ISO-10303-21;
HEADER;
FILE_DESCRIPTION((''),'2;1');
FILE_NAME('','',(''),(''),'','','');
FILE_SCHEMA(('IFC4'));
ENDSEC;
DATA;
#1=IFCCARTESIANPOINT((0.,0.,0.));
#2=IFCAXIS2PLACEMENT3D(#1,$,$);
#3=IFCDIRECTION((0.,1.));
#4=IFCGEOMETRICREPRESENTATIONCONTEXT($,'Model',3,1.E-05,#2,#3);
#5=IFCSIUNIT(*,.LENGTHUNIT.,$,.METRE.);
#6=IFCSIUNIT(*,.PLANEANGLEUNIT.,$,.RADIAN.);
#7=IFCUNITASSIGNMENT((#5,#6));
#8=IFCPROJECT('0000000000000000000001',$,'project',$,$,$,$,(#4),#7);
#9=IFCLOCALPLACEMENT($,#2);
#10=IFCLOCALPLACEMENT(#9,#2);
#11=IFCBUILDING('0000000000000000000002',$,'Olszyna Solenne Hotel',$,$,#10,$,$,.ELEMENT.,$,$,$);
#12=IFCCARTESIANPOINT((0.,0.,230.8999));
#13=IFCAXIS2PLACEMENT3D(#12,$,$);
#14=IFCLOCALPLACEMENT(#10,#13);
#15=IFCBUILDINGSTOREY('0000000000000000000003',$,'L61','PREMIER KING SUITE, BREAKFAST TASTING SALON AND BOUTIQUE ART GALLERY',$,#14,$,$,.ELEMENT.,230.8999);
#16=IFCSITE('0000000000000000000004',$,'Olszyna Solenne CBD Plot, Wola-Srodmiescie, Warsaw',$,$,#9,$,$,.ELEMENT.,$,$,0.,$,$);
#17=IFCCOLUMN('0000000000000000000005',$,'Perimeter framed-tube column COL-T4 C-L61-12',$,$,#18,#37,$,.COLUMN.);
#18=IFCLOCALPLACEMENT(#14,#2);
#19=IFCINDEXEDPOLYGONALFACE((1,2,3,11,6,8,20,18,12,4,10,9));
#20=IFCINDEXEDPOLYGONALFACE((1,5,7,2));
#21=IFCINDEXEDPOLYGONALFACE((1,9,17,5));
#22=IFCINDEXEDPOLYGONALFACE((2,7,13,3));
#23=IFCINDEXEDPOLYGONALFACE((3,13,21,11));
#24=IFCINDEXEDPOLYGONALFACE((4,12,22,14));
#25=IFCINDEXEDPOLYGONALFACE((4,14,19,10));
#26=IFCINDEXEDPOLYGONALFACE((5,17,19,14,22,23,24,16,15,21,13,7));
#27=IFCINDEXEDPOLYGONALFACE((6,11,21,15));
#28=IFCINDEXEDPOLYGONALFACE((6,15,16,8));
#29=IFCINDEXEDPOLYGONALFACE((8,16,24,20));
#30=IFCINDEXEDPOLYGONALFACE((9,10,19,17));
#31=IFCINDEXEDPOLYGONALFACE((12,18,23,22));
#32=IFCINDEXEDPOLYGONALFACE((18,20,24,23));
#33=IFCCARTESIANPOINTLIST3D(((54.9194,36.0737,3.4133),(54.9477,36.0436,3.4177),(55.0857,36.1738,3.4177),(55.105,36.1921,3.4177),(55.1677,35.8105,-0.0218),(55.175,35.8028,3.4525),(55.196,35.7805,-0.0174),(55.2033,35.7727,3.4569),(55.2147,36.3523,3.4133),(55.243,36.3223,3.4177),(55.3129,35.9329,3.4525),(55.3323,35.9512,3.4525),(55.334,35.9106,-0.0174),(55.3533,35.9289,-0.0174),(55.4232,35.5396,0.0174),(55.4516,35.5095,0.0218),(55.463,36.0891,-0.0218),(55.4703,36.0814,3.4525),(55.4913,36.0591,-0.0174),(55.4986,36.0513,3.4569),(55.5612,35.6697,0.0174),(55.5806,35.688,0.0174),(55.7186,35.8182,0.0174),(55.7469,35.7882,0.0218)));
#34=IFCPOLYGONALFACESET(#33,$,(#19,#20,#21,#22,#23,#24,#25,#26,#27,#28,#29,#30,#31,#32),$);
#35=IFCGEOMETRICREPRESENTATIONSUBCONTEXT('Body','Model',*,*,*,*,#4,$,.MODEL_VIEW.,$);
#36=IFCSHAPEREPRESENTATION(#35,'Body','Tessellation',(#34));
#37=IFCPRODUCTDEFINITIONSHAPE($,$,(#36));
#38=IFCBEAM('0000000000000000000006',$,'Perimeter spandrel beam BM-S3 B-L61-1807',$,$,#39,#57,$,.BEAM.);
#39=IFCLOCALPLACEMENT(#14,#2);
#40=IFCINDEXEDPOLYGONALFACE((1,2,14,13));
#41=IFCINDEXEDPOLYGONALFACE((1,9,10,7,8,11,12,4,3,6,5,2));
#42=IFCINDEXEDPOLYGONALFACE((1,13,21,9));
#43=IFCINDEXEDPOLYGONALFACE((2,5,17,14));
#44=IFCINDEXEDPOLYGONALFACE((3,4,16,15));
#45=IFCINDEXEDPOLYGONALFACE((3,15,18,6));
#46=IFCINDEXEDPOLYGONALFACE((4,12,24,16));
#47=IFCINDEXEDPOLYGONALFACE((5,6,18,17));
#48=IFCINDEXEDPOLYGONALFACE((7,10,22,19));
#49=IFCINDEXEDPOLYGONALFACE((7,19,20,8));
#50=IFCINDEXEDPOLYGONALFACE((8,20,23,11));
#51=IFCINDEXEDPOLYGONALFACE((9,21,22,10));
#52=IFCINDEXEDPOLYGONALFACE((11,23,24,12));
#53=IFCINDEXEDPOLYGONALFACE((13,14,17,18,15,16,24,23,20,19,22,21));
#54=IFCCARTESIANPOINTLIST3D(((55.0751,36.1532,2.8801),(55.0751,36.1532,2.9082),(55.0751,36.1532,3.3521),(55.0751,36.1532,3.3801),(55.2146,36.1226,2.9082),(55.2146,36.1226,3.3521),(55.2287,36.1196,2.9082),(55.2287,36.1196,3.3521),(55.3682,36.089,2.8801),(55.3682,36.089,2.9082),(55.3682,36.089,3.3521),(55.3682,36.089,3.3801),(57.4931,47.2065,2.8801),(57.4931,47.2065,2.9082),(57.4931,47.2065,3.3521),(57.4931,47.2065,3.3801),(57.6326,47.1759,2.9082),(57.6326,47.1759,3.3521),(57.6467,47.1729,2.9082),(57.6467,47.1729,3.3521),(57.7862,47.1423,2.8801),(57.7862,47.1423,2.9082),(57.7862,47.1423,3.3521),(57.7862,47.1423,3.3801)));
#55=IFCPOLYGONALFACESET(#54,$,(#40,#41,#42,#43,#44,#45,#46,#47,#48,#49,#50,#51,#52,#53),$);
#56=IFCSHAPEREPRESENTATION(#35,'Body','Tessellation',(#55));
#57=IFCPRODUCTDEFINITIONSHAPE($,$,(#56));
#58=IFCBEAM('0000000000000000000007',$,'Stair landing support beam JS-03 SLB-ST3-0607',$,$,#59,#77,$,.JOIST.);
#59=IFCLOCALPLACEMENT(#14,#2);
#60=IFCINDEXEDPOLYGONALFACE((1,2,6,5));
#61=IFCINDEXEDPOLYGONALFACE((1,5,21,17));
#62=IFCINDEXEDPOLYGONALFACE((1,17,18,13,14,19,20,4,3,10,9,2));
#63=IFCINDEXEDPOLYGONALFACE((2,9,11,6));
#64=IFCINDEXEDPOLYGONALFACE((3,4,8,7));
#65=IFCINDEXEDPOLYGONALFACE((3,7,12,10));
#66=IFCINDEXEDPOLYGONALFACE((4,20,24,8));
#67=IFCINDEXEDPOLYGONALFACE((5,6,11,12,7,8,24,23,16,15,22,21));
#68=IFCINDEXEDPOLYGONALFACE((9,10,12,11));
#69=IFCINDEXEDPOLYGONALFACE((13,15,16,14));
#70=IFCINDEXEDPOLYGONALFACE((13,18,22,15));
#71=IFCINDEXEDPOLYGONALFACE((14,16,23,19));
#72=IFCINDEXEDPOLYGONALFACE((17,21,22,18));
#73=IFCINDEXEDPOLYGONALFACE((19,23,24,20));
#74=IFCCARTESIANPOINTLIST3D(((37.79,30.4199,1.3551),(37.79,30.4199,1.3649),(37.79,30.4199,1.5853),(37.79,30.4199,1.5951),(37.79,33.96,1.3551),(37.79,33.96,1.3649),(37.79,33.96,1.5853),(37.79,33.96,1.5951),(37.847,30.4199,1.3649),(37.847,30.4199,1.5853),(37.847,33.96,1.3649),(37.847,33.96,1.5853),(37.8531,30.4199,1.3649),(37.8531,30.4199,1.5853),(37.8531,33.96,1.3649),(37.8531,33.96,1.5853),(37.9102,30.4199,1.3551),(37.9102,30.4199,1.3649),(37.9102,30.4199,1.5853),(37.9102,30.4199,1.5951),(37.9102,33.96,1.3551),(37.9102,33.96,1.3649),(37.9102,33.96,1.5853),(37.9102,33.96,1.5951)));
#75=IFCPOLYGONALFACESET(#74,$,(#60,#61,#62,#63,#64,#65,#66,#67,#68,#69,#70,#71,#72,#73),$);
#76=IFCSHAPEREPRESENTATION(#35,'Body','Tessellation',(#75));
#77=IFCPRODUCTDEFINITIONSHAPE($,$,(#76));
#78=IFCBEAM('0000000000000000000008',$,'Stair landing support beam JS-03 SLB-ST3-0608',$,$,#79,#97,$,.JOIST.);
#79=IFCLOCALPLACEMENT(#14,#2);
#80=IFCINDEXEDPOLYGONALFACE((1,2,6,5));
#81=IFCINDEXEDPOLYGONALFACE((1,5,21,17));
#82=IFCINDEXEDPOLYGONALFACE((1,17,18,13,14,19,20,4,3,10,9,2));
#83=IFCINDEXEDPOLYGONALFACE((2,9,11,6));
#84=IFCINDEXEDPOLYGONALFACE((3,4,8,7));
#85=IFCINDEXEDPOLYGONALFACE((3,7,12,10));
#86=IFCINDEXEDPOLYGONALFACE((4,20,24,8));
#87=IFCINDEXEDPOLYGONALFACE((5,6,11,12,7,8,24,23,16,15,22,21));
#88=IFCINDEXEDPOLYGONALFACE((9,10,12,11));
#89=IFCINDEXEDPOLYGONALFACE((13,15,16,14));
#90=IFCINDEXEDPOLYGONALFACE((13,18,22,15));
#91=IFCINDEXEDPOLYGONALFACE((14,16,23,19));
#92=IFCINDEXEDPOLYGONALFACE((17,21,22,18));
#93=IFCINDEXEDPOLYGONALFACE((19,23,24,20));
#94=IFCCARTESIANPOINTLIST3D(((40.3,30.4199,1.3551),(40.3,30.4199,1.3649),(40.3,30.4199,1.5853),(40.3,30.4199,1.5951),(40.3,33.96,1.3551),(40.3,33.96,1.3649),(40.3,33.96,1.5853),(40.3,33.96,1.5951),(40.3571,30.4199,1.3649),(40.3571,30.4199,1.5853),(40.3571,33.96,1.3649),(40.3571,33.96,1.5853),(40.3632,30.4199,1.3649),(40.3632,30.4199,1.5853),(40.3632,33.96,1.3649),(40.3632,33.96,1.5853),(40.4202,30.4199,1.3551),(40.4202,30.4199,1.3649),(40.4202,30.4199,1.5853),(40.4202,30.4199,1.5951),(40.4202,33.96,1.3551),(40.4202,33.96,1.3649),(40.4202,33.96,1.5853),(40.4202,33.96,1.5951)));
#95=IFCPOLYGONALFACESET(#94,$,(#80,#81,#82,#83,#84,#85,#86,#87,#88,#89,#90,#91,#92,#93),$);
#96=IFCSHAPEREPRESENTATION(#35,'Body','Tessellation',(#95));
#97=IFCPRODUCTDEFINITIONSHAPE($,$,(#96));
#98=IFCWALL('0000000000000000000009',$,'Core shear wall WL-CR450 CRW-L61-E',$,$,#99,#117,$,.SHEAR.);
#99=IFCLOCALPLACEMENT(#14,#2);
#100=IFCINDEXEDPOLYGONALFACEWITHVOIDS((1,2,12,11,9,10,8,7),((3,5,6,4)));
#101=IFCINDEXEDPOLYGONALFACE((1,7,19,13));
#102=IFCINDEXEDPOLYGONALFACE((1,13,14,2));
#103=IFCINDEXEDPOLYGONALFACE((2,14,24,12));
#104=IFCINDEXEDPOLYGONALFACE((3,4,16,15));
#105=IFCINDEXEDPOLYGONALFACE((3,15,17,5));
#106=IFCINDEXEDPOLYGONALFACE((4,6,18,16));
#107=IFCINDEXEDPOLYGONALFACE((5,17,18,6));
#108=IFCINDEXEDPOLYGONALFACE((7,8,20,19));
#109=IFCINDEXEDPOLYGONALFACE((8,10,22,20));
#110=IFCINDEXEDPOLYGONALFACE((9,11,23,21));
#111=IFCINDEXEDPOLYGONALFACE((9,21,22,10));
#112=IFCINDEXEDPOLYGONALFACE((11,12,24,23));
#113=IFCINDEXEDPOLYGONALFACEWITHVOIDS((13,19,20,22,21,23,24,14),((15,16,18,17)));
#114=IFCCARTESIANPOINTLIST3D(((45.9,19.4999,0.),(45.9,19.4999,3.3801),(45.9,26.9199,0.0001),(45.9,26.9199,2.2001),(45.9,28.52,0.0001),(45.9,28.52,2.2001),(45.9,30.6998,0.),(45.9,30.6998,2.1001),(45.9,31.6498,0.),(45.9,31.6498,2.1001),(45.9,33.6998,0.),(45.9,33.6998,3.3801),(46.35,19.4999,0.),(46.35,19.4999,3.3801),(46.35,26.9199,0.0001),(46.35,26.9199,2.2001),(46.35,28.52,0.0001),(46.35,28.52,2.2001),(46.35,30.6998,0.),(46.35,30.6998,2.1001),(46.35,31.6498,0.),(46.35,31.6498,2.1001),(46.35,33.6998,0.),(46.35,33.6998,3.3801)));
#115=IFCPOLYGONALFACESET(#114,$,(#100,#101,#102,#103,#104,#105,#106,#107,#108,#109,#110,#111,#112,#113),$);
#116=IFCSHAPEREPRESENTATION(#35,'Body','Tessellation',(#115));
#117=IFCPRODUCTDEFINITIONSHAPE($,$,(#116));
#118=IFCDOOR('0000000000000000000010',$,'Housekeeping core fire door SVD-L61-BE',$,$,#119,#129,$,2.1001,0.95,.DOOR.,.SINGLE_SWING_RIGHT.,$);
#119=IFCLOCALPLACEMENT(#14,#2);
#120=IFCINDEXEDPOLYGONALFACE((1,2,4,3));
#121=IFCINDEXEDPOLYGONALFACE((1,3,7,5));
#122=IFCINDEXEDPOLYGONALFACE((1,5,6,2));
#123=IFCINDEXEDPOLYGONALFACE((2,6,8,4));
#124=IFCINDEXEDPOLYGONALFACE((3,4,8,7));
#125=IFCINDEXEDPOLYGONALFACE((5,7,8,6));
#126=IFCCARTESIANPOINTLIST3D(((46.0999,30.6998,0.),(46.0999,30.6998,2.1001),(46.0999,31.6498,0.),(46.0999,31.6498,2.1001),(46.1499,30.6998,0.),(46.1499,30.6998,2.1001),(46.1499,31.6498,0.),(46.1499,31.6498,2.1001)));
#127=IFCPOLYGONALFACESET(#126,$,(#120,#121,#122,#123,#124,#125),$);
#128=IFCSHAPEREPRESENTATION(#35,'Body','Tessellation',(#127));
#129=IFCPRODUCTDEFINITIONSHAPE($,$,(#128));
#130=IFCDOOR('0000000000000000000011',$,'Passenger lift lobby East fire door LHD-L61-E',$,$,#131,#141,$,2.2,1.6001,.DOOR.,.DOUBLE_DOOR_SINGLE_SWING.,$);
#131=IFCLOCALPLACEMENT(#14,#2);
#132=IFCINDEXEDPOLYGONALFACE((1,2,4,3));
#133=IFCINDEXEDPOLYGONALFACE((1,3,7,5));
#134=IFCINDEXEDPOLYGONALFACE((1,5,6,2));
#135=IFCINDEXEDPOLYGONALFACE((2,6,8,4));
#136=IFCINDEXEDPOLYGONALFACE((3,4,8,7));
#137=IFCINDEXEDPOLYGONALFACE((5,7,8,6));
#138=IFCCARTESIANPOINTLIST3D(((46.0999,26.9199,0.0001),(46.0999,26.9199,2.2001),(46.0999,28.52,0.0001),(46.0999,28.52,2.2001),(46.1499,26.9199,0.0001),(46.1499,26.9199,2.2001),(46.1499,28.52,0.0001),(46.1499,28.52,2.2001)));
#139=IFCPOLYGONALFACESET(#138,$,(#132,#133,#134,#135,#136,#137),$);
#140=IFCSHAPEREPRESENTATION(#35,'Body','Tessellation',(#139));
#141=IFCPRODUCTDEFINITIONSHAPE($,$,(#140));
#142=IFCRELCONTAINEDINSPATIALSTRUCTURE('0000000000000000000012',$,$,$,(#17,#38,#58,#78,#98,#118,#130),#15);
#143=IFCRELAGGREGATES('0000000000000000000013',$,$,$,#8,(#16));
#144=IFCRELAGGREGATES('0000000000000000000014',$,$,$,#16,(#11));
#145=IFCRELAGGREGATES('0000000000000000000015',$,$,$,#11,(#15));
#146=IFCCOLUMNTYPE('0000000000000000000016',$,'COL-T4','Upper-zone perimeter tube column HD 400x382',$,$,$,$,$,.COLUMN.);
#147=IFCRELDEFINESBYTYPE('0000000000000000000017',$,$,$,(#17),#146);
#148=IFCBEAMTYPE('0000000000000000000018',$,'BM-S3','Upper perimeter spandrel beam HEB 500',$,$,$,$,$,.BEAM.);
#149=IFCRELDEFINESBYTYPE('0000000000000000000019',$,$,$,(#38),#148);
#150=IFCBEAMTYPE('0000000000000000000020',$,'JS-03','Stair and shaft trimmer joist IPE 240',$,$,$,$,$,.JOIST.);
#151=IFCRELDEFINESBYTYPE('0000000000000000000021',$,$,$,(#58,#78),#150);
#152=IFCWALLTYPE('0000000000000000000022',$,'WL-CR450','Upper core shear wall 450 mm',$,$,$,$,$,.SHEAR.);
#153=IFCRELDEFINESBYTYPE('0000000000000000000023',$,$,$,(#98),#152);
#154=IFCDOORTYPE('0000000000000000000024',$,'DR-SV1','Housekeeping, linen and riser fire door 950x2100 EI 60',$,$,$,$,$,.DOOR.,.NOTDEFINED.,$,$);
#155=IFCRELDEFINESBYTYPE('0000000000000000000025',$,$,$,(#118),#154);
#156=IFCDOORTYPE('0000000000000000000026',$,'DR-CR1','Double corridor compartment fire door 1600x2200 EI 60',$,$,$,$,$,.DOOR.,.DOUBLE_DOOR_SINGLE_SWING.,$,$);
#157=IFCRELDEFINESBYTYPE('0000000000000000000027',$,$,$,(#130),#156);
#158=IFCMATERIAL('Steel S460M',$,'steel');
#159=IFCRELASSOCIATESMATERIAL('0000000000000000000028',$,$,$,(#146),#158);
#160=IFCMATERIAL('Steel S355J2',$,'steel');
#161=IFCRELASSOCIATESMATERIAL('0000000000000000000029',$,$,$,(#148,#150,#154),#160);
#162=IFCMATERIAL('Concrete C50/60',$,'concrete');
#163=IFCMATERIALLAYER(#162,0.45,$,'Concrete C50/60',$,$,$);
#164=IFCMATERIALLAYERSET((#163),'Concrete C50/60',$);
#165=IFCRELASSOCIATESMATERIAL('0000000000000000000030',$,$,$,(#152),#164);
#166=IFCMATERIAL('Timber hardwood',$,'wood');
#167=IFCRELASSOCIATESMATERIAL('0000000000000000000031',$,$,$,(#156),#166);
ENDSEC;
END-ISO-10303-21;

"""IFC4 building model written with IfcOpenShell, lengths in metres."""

from ifc_helpers import new_model, si_unit, direction, frame, frame_2d, origin, origin_2d, place, context, subcontext, project, spatial, rectangle, i_section, extrude, source, transform, mapped, material, layer, layer_set, material_profile, profile_set, type_object, type_shapes, element, fill, save


model = new_model("IFC4")

# Units and contexts
model_context = context("Model", 3, precision=1e-05, world=origin(), true_north=direction((0.0, 1.0)))
body_context = subcontext(model_context, "Body", "Model", "MODEL_VIEW")
ifc_project = project(units=[si_unit("LENGTHUNIT", "METRE"), si_unit("PLANEANGLEUNIT", "RADIAN")], contexts=[model_context])

# Site, building, storey
site_placement = place(None, origin())
site = spatial("IfcSite", under=ifc_project, at=site_placement, Name="Olszyna Solenne CBD Plot, Wola-Srodmiescie, Warsaw", CompositionType="ELEMENT", RefElevation=0.0)
building_placement = place(site_placement, origin())
building = spatial("IfcBuilding", under=site, at=building_placement, Name="Olszyna Solenne Hotel", CompositionType="ELEMENT")
storey_placement = place(building_placement, frame((0.0, 0.0, 230.8999)))
storey = spatial("IfcBuildingStorey", under=building, at=storey_placement, Name="L61", Description="PREMIER KING SUITE, BREAKFAST TASTING SALON AND BOUTIQUE ART GALLERY", CompositionType="ELEMENT", Elevation=230.8999)

# Column
ifc_material_1 = material(Name="Steel S460M", Category="steel")
ifc_material_profile_1 = material_profile(ifc_material_1, i_section(OverallWidth=0.406, OverallDepth=0.416, WebThickness=0.0266, FlangeThickness=0.0415, at=origin_2d()), Name="HD 400x382", Category="load-bearing")
ifc_profile_set_1 = profile_set([ifc_material_profile_1], Name="Steel S460M")
column_type = type_object("IfcColumnType", Name="COL-T4", Description="Upper-zone perimeter tube column HD 400x382", PredefinedType="COLUMN", material=ifc_profile_set_1)
shared_shape_1 = source(origin(), body_context, "Body", "SweptSolid", [
    extrude(i_section(OverallWidth=0.406, OverallDepth=0.416, WebThickness=0.0266, FlangeThickness=0.0415, at=origin_2d()), origin(), (0.0, 0.0, 1.0), 3.4541),
])
column_placement = place(storey_placement, frame((55.4573, 35.7993, 0.0), z_axis=(-0.071884, 0.076195, 0.994498), x_axis=(-0.727387, -0.686227, 0.0)))
element("IfcColumn", 1, at=column_placement, inside=storey, type_object=column_type, Name="Perimeter framed-tube column COL-T4 C-L61-12", PredefinedType="COLUMN", context=body_context, shape_type="MappedRepresentation", body=[
    mapped(shared_shape_1, transform((0.0, 0.0, 0.0), x_axis=(1.0, 0.0, 0.0), y_axis=(0.0, 1.0, 0.0), z_axis=(0.0, 0.0, 1.0), scale=1.0)),
])

# Beams
ifc_material_2 = material(Name="Steel S355J2", Category="steel")
ifc_material_profile_2 = material_profile(ifc_material_2, i_section(OverallWidth=0.3, OverallDepth=0.5, WebThickness=0.0144, FlangeThickness=0.0281, at=origin_2d()), Name="HEB 500", Category="load-bearing")
ifc_profile_set_2 = profile_set([ifc_material_profile_2], Name="Steel S355J2")
beam_type_1 = type_object("IfcBeamType", Name="BM-S3", Description="Upper perimeter spandrel beam HEB 500", PredefinedType="BEAM", material=ifc_profile_set_2)
shared_shape_2 = source(origin(), body_context, "Body", "SweptSolid", [
    extrude(i_section(OverallWidth=0.3, OverallDepth=0.5, WebThickness=0.0144, FlangeThickness=0.0281, at=origin_2d()), origin(), (0.0, 0.0, 1.0), 11.3147),
])
beam_placement = place(storey_placement, frame((55.2217, 36.1211, 3.1301), z_axis=(0.213703, 0.976899, 0.0), x_axis=(-0.976899, 0.213703, 0.0)))
element("IfcBeam", 2, at=beam_placement, inside=storey, type_object=beam_type_1, Name="Perimeter spandrel beam BM-S3 B-L61-1807", PredefinedType="BEAM", context=body_context, shape_type="MappedRepresentation", body=[
    mapped(shared_shape_2, transform((0.0, 0.0, 0.0), x_axis=(1.0, 0.0, 0.0), y_axis=(0.0, 1.0, 0.0), z_axis=(0.0, 0.0, 1.0), scale=1.0)),
])
ifc_material_profile_3 = material_profile(ifc_material_2, i_section(OverallWidth=0.1201, OverallDepth=0.24, WebThickness=0.0061, FlangeThickness=0.0098, at=origin_2d()), Name="IPE 240", Category="load-bearing")
ifc_profile_set_3 = profile_set([ifc_material_profile_3], Name="Steel S355J2")
beam_type_2 = type_object("IfcBeamType", Name="JS-03", Description="Stair and shaft trimmer joist IPE 240", PredefinedType="JOIST", material=ifc_profile_set_3)
shared_shape_3 = source(origin(), body_context, "Body", "SweptSolid", [
    extrude(i_section(OverallWidth=0.1201, OverallDepth=0.24, WebThickness=0.0061, FlangeThickness=0.0098, at=origin_2d()), origin(), (0.0, 0.0, 1.0), 3.54),
])
for number, where, z_axis, x_axis, name in (
    (3, (37.8501, 30.4199, 1.4751), (0.0, 1.0, 0.0), (-1.0, 0.0, 0.0), "Stair landing support beam JS-03 SLB-ST3-0607"),
    (4, (40.3601, 30.4199, 1.4751), (0.0, 1.0, 0.0), (-1.0, 0.0, 0.0), "Stair landing support beam JS-03 SLB-ST3-0608"),
):
    element("IfcBeam", number, at=place(storey_placement, frame(where, z_axis=z_axis, x_axis=x_axis)), inside=storey, type_object=beam_type_2, Name=name, PredefinedType="JOIST", context=body_context, shape_type="MappedRepresentation", body=[
        mapped(shared_shape_3, transform((0.0, 0.0, 0.0), x_axis=(1.0, 0.0, 0.0), y_axis=(0.0, 1.0, 0.0), z_axis=(0.0, 0.0, 1.0), scale=1.0)),
    ])

# Wall, openings, doors
ifc_material_3 = material(Name="Concrete C50/60", Category="concrete")
ifc_layer_1 = layer(ifc_material_3, 0.45, Name="Concrete C50/60")
ifc_layer_set_1 = layer_set([ifc_layer_1], Name="Concrete C50/60")
wall_type_1 = type_object("IfcWallType", Name="WL-CR450", Description="Upper core shear wall 450 mm", PredefinedType="SHEAR", material=ifc_layer_set_1)
wall_1_placement = place(storey_placement, frame((46.125, 33.7, 0.0), z_axis=(0.0, 0.0, 1.0), x_axis=(0.0, -1.0, 0.0)))
wall_1 = element("IfcWall", 5, at=wall_1_placement, inside=storey, type_object=wall_type_1, Name="Core shear wall WL-CR450 CRW-L61-E", PredefinedType="SHEAR", context=body_context, shape_type="SweptSolid", body=[
    extrude(rectangle(XDim=14.2, YDim=0.45, at=frame_2d((7.1001, 0.0))), origin(), (0.0, 0.0, 1.0), 3.3801),
])
opening_1_placement = place(wall_1_placement, frame((5.1799, 0.0, 0.0)))
opening_1 = element("IfcOpeningElement", 6, at=opening_1_placement, cuts=wall_1, PredefinedType="OPENING", context=body_context, shape_type="SweptSolid", body=[
    extrude(rectangle(XDim=1.6001, YDim=2.2, at=frame_2d((0.8, 1.1001))), frame((0.0, 0.2349, 0.0), z_axis=(0.0, -1.0, 0.0), x_axis=(1.0, 0.0, 0.0)), (0.0, 0.0, 1.0), 0.47),
])
opening_2_placement = place(wall_1_placement, frame((2.05, 0.0, 0.0)))
opening_2 = element("IfcOpeningElement", 7, at=opening_2_placement, cuts=wall_1, PredefinedType="OPENING", context=body_context, shape_type="SweptSolid", body=[
    extrude(rectangle(XDim=0.95, YDim=2.1001, at=frame_2d((0.4751, 1.05))), frame((0.0, 0.2349, 0.0), z_axis=(0.0, -1.0, 0.0), x_axis=(1.0, 0.0, 0.0)), (0.0, 0.0, 1.0), 0.47),
])
door_type_1 = type_object("IfcDoorType", Name="DR-SV1", Description="Housekeeping, linen and riser fire door 950x2100 EI 60", OperationType="NOTDEFINED", PredefinedType="DOOR", material=ifc_material_2)
shared_shape_4 = source(origin(), body_context, "Body", "SweptSolid", [
    extrude(rectangle(XDim=0.95, YDim=2.1001, at=frame_2d((0.4751, 1.05))), frame((0.0, 0.0249, 0.0), z_axis=(0.0, -1.0, 0.0), x_axis=(1.0, 0.0, 0.0)), (0.0, 0.0, 1.0), 0.05),
])
type_shapes(door_type_1, [shared_shape_4])
door_1_placement = place(opening_2_placement, origin())
door_1 = element("IfcDoor", 8, at=door_1_placement, inside=storey, type_object=door_type_1, Name="Housekeeping core fire door SVD-L61-BE", OperationType="SINGLE_SWING_RIGHT", OverallHeight=2.1001, OverallWidth=0.95, PredefinedType="DOOR", context=body_context, shape_type="MappedRepresentation", body=[
    mapped(shared_shape_4, transform((0.0, 0.0, 0.0), x_axis=(1.0, 0.0, 0.0), y_axis=(0.0, 1.0, 0.0), z_axis=(0.0, 0.0, 1.0), scale=1.0)),
])
fill(opening_2, door_1)
ifc_material_4 = material(Name="Timber hardwood", Category="wood")
door_type_2 = type_object("IfcDoorType", Name="DR-CR1", Description="Double corridor compartment fire door 1600x2200 EI 60", OperationType="DOUBLE_DOOR_SINGLE_SWING", PredefinedType="DOOR", material=ifc_material_4)
shared_shape_5 = source(origin(), body_context, "Body", "SweptSolid", [
    extrude(rectangle(XDim=1.6001, YDim=2.2, at=frame_2d((0.8, 1.1001))), frame((0.0, 0.0249, 0.0), z_axis=(0.0, -1.0, 0.0), x_axis=(1.0, 0.0, 0.0)), (0.0, 0.0, 1.0), 0.05),
])
type_shapes(door_type_2, [shared_shape_5])
door_2_placement = place(opening_1_placement, origin())
door_2 = element("IfcDoor", 9, at=door_2_placement, inside=storey, type_object=door_type_2, Name="Passenger lift lobby East fire door LHD-L61-E", OperationType="DOUBLE_DOOR_SINGLE_SWING", OverallHeight=2.2, OverallWidth=1.6001, PredefinedType="DOOR", context=body_context, shape_type="MappedRepresentation", body=[
    mapped(shared_shape_5, transform((0.0, 0.0, 0.0), x_axis=(1.0, 0.0, 0.0), y_axis=(0.0, 1.0, 0.0), z_axis=(0.0, 0.0, 1.0), scale=1.0)),
])
fill(opening_1, door_2)

save(model, "model.ifc")
